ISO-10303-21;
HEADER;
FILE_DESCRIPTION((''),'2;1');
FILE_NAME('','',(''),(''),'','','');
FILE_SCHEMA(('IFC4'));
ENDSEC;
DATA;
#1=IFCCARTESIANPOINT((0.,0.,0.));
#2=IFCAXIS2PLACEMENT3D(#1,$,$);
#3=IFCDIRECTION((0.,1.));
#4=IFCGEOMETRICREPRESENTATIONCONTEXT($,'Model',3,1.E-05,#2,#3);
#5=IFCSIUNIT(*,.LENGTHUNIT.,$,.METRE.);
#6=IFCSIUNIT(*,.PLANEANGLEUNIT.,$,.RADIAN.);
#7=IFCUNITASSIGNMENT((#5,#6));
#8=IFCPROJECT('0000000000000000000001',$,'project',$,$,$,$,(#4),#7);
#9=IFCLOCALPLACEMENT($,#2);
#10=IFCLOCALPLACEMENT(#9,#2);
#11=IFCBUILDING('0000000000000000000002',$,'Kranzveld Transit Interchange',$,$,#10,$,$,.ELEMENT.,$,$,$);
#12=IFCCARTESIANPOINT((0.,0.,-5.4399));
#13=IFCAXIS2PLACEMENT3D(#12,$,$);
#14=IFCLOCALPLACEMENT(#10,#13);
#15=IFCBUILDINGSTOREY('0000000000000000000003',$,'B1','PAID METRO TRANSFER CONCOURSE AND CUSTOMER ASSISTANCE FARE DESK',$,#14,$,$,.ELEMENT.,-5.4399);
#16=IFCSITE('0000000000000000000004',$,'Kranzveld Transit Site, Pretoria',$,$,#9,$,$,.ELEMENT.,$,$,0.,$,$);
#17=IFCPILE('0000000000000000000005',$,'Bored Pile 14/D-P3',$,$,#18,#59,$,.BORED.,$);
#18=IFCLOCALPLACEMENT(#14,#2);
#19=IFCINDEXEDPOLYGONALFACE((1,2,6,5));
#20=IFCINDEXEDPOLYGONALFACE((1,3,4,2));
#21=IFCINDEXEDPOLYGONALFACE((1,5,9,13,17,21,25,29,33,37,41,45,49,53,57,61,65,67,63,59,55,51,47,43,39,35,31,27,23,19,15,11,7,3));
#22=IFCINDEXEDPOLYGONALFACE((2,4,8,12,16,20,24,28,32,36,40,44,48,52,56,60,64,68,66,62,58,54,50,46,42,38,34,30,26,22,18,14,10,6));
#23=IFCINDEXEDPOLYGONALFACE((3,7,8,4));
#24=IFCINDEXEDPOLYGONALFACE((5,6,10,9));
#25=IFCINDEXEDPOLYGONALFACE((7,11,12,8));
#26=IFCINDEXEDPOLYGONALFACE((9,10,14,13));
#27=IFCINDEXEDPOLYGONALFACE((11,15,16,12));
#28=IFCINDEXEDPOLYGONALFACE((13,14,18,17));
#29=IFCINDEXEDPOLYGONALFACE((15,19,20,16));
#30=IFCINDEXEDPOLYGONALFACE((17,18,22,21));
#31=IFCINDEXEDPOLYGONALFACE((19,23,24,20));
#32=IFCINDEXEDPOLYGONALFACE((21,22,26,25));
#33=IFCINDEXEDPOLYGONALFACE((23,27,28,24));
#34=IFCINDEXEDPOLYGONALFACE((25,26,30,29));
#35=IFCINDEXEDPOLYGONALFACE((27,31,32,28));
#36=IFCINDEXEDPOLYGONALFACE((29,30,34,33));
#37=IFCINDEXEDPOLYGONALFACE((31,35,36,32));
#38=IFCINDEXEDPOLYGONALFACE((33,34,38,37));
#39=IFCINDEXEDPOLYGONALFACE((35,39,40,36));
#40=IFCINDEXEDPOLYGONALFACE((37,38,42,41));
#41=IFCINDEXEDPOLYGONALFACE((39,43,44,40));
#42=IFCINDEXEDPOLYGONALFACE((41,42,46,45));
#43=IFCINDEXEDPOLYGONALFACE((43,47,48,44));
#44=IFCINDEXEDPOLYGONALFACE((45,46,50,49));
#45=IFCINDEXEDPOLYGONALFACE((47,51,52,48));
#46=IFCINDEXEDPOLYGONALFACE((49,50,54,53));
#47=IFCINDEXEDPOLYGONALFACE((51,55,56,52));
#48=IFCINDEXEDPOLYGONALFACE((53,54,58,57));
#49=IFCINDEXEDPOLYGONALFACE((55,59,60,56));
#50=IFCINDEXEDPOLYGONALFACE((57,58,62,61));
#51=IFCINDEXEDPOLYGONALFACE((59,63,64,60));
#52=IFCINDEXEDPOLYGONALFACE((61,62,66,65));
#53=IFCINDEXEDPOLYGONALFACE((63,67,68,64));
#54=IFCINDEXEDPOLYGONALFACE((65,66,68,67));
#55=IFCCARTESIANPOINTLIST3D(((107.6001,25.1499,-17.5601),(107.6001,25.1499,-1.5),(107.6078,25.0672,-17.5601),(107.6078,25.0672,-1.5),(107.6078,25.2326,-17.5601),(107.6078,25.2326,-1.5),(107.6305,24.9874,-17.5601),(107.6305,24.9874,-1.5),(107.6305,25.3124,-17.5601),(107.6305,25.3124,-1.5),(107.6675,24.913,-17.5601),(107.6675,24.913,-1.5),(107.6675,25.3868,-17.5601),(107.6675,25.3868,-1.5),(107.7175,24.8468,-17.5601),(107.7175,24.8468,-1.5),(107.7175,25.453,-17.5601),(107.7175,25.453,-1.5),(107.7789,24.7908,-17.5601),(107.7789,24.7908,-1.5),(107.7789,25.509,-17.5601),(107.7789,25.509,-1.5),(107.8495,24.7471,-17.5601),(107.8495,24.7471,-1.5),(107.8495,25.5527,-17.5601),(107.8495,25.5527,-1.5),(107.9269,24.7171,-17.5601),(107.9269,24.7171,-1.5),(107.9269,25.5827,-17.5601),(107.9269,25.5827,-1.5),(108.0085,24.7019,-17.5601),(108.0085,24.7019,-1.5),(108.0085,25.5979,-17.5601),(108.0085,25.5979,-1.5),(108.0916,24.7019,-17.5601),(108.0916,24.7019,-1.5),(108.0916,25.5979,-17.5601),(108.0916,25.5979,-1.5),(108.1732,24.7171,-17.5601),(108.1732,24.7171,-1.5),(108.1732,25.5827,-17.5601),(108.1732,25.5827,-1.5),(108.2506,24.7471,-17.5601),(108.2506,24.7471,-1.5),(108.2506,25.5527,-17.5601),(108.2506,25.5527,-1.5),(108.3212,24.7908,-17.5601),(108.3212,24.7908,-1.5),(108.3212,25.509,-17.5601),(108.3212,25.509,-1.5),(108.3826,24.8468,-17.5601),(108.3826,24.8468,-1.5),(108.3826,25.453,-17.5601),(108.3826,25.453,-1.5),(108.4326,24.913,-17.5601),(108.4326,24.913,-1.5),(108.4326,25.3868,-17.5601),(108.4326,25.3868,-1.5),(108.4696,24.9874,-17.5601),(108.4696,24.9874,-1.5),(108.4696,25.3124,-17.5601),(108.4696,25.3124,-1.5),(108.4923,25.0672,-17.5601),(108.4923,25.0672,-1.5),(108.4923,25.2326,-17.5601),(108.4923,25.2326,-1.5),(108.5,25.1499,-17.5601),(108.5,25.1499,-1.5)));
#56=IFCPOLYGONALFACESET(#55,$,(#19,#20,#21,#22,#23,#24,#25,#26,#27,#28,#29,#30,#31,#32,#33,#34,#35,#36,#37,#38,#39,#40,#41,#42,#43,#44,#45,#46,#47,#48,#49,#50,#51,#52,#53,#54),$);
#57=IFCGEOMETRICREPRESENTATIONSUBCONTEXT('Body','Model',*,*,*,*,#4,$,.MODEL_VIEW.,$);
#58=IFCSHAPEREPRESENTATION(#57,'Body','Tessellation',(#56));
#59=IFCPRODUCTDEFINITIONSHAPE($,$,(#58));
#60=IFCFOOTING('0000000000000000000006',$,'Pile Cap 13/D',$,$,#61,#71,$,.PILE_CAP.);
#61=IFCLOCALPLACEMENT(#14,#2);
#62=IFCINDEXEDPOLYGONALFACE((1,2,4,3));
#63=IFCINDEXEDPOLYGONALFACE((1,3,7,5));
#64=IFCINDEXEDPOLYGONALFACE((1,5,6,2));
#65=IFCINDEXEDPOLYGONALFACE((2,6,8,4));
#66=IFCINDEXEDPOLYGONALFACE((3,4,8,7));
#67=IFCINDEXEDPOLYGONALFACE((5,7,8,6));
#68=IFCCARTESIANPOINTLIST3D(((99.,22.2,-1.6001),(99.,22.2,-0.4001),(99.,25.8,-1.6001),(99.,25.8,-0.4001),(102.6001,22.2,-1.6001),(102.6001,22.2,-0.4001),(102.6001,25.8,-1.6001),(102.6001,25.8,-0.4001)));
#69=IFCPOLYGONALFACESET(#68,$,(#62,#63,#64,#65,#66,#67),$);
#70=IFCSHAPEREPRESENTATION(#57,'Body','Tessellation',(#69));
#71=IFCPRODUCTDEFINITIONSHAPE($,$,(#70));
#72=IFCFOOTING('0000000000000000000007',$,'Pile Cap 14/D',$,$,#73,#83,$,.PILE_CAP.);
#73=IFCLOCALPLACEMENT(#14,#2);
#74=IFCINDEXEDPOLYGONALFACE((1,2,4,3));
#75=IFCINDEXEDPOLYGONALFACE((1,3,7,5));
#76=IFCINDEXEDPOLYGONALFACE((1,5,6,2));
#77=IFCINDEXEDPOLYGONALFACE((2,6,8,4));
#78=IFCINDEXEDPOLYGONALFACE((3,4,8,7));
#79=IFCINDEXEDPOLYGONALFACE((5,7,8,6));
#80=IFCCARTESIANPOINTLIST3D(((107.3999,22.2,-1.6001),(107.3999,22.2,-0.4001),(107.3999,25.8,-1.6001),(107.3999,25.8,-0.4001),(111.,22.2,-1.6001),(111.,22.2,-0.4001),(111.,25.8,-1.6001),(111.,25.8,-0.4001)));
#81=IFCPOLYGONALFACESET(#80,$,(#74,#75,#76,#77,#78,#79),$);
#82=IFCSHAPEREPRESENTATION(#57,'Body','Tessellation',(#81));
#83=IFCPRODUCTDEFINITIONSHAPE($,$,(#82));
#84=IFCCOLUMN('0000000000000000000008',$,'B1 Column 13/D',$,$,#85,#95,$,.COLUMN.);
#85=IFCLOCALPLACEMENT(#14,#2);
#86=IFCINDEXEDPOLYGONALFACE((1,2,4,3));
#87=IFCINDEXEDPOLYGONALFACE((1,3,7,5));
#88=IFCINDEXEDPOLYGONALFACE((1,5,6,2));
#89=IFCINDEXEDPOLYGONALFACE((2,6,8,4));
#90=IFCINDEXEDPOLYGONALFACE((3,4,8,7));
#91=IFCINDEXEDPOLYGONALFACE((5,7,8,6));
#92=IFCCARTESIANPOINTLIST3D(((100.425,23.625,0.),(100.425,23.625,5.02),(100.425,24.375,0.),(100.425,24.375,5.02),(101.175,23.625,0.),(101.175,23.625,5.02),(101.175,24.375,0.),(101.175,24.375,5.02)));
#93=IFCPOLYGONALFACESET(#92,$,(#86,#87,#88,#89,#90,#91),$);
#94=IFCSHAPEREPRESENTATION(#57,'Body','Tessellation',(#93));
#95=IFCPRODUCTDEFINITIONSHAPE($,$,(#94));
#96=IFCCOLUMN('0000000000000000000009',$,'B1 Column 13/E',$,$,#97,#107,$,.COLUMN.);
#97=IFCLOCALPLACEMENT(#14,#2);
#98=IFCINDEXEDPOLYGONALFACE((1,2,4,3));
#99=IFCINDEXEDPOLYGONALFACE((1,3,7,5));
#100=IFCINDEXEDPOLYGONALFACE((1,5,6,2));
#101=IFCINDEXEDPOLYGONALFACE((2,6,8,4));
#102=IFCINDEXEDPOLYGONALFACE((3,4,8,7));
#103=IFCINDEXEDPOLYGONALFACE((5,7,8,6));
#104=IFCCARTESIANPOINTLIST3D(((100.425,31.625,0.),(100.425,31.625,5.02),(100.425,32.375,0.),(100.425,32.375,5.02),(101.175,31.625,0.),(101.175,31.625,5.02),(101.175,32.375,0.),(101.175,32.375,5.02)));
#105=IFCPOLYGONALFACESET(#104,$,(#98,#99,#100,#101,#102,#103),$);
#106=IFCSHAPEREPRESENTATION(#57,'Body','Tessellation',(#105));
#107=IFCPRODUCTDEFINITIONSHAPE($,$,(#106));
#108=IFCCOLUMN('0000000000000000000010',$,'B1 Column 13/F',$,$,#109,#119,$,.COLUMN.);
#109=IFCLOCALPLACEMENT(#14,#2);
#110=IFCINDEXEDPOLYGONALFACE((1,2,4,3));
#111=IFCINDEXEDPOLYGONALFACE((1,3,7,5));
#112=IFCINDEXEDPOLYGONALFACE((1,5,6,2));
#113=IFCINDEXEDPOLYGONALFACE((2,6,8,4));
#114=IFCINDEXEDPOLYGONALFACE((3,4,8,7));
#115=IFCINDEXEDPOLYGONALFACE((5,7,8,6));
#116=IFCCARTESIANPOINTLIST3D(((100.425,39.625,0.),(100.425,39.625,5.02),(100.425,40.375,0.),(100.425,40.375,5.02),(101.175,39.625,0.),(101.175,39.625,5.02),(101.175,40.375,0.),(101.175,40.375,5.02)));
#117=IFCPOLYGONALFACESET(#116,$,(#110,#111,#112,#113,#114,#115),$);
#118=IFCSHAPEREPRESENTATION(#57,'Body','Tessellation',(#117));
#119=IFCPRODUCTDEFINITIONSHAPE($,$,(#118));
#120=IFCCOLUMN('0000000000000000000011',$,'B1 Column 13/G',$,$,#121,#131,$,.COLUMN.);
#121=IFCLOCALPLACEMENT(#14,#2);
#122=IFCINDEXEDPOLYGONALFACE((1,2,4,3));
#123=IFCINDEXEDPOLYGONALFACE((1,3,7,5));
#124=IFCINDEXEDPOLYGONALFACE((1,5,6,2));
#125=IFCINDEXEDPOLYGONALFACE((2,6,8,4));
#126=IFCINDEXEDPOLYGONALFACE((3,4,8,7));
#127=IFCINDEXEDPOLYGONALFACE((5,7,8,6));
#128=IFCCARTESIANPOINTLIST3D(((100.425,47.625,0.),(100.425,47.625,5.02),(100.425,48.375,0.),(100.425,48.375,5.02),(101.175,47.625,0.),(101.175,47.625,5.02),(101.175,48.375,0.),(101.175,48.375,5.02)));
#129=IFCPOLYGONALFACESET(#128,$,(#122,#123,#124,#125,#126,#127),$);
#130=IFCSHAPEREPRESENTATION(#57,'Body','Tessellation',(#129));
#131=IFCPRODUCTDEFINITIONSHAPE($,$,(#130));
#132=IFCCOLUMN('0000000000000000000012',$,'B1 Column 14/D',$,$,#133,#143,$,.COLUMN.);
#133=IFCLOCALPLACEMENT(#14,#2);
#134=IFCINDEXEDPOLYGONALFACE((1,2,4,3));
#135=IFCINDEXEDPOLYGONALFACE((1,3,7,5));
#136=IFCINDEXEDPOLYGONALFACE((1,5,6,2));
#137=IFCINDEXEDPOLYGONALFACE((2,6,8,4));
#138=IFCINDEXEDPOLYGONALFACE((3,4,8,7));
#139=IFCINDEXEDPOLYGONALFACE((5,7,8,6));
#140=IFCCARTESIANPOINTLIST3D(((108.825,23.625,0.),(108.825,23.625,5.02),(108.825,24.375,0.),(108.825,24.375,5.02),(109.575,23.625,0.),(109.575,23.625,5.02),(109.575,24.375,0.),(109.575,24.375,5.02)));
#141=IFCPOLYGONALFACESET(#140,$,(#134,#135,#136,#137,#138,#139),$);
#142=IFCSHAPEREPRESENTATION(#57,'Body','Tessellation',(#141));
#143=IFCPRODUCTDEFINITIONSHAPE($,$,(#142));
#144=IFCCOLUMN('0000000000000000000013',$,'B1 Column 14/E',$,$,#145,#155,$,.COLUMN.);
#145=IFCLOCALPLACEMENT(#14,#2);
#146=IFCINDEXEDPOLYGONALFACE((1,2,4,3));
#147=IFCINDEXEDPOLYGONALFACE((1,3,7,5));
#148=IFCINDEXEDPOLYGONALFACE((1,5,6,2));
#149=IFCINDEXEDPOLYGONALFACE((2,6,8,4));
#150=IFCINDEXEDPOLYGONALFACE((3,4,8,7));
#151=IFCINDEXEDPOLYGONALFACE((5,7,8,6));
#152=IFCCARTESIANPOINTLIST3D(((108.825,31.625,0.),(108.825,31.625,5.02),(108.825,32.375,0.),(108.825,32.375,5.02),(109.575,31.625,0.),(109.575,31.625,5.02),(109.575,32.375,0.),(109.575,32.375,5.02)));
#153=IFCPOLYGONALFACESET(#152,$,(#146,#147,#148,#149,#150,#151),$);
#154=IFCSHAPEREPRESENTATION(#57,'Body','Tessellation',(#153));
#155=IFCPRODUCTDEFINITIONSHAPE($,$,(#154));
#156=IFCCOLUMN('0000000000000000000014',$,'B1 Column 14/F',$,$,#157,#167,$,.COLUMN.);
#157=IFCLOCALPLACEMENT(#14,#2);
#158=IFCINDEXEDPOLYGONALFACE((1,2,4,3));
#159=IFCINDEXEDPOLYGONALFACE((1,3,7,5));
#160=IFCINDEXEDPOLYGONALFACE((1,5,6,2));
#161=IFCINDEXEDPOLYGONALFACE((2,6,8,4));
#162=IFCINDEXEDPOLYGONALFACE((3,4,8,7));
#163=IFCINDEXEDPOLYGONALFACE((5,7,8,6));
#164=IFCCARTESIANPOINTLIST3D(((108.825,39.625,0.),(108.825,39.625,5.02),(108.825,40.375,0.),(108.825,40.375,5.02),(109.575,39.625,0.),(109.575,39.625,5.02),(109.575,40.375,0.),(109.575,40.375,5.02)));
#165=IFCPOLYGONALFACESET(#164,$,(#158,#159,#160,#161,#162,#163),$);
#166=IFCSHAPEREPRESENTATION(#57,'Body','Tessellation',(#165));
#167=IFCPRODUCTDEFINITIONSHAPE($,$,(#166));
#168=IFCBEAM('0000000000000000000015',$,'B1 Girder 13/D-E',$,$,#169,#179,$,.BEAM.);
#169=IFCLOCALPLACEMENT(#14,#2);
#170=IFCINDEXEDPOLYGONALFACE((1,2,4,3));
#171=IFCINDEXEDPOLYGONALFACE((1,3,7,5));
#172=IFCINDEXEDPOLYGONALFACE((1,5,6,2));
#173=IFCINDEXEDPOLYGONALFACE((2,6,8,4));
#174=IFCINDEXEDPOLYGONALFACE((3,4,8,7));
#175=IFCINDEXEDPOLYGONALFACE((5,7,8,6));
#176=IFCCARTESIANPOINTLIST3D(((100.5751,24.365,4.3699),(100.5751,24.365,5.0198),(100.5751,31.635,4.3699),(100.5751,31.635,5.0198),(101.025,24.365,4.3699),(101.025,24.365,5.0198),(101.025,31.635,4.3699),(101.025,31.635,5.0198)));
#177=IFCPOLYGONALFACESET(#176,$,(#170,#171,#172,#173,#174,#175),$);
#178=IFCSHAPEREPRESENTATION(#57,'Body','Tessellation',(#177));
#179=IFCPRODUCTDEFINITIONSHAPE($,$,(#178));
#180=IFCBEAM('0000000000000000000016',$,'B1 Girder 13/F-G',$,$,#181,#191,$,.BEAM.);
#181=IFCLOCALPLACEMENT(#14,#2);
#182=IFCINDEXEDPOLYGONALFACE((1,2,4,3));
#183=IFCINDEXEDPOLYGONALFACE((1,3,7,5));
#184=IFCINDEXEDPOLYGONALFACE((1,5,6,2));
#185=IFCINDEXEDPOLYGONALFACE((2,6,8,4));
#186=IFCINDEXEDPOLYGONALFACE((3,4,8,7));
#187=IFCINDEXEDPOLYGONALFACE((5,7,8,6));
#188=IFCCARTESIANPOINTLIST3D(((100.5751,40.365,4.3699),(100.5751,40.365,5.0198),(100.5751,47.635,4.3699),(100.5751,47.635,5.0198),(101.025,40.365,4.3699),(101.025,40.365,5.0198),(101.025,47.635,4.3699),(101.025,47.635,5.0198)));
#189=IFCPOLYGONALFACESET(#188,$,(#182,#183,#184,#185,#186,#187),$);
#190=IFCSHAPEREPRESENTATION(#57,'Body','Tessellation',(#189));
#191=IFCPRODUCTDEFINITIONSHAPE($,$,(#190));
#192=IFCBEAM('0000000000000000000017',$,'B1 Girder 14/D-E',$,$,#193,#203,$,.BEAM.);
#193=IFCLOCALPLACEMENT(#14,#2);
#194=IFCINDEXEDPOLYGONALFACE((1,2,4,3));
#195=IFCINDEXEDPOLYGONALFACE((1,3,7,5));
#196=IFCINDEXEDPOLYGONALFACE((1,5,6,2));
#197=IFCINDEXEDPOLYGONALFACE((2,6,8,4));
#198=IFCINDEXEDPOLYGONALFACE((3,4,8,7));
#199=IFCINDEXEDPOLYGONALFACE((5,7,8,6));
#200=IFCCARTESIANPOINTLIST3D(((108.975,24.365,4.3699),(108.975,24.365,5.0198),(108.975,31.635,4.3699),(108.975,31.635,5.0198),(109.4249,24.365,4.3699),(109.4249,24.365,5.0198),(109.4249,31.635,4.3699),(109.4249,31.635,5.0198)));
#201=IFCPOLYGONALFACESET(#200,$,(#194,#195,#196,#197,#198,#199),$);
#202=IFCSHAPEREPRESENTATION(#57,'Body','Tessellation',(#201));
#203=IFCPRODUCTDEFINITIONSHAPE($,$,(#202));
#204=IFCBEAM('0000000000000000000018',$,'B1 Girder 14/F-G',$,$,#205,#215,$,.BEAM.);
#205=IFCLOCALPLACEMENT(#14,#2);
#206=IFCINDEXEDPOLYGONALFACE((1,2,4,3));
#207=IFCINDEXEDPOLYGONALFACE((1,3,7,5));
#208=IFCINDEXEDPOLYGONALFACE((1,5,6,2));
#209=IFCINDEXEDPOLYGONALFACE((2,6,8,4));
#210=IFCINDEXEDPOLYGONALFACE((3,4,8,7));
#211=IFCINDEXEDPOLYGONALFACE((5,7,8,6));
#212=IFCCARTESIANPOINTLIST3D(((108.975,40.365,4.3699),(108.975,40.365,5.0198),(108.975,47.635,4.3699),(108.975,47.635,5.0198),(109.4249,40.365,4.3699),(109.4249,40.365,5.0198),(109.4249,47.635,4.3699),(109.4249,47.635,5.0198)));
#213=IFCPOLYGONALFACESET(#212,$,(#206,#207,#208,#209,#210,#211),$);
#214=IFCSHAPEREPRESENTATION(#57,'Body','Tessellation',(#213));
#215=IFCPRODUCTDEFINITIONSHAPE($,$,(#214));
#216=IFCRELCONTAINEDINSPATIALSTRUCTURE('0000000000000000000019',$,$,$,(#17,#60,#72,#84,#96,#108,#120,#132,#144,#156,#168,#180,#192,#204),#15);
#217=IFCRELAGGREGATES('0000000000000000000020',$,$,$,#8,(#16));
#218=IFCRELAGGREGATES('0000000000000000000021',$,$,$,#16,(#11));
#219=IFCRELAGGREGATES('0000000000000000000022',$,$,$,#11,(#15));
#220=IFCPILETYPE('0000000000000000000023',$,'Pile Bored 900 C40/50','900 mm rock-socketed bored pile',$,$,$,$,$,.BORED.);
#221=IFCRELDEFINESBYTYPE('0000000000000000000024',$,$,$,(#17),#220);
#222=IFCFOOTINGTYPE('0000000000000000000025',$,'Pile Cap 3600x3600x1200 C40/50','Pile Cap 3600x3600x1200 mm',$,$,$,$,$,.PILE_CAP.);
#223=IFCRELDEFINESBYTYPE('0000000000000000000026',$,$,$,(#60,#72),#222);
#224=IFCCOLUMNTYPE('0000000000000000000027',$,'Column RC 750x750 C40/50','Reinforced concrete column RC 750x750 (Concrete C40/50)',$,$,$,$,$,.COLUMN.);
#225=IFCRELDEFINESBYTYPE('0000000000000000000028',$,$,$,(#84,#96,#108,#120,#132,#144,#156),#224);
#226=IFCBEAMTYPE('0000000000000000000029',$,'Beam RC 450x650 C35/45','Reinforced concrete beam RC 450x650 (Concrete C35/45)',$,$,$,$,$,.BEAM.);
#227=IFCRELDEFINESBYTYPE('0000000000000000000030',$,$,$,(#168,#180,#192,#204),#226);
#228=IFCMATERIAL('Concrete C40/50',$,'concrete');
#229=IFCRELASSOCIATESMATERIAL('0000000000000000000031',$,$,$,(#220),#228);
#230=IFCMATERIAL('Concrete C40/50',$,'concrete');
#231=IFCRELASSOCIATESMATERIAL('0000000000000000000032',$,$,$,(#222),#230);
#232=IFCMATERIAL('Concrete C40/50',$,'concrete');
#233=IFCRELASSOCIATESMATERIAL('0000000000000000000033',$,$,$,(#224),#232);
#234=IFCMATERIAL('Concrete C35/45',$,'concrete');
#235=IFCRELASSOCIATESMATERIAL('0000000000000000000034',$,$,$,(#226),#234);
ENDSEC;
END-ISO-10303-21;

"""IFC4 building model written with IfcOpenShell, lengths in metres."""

from ifc_helpers import new_model, si_unit, direction, frame, origin, origin_2d, place, context, subcontext, project, spatial, rectangle, circle, extrude, material, material_profile, profile_set, type_object, element, save


model = new_model("IFC4")

# Units and contexts
model_context = context("Model", 3, precision=1e-05, world=origin(), true_north=direction((0.0, 1.0)))
body_context = subcontext(model_context, "Body", "Model", "MODEL_VIEW")
ifc_project = project(units=[si_unit("LENGTHUNIT", "METRE"), si_unit("PLANEANGLEUNIT", "RADIAN")], contexts=[model_context])

# Site, building, storey
site_placement = place(None, origin())
site = spatial("IfcSite", under=ifc_project, at=site_placement, Name="Kranzveld Transit Site, Pretoria", CompositionType="ELEMENT", RefElevation=0.0)
building_placement = place(site_placement, origin())
building = spatial("IfcBuilding", under=site, at=building_placement, Name="Kranzveld Transit Interchange", CompositionType="ELEMENT")
storey_placement = place(building_placement, frame((0.0, 0.0, -5.4399)))
storey = spatial("IfcBuildingStorey", under=building, at=storey_placement, Name="B1", Description="PAID METRO TRANSFER CONCOURSE AND CUSTOMER ASSISTANCE FARE DESK", CompositionType="ELEMENT", Elevation=-5.4399)

# Pile
ifc_material_1 = material(Name="Concrete C40/50", Category="concrete")
ifc_material_profile_1 = material_profile(ifc_material_1, circle(Radius=0.45, at=origin_2d()), Name="BORED PILE 900")
ifc_profile_set_1 = profile_set([ifc_material_profile_1], Name="Concrete C40/50")
pile_type = type_object("IfcPileType", Name="Pile Bored 900 C40/50", Description="900 mm rock-socketed bored pile", PredefinedType="BORED", material=ifc_profile_set_1)
for number, where, z_axis, x_axis, name in (
    (1, (108.05, 25.1499, -1.5), (0.0, 0.0, -1.0), (1.0, 0.0, 0.0), "Bored Pile 14/D-P3"),
):
    element("IfcPile", number, at=place(storey_placement, frame(where, z_axis=z_axis, x_axis=x_axis)), inside=storey, type_object=pile_type, Name=name, PredefinedType="BORED", context=body_context, shape_type="SweptSolid", body=[
        extrude(circle(Radius=0.45, at=origin_2d()), origin(), (0.0, 0.0, 1.0), 16.0601),
    ])

# Footings
ifc_material_2 = material(Name="Concrete C40/50", Category="concrete")
footing_type = type_object("IfcFootingType", Name="Pile Cap 3600x3600x1200 C40/50", Description="Pile Cap 3600x3600x1200 mm", PredefinedType="PILE_CAP", material=ifc_material_2)
for number, where, z_axis, x_axis, name in (
    (2, (100.8, 24.0, -1.6001), (0.0, 0.0, 1.0), (1.0, 0.0, 0.0), "Pile Cap 13/D"),
    (3, (109.2, 24.0, -1.6001), (0.0, 0.0, 1.0), (1.0, 0.0, 0.0), "Pile Cap 14/D"),
):
    element("IfcFooting", number, at=place(storey_placement, frame(where, z_axis=z_axis, x_axis=x_axis)), inside=storey, type_object=footing_type, Name=name, PredefinedType="PILE_CAP", context=body_context, shape_type="SweptSolid", body=[
        extrude(rectangle(XDim=3.6001, YDim=3.6001, at=origin_2d()), origin(), (0.0, 0.0, 1.0), 1.2),
    ])

# Columns
ifc_material_3 = material(Name="Concrete C40/50", Category="concrete")
ifc_material_profile_2 = material_profile(ifc_material_3, rectangle(XDim=0.75, YDim=0.75, at=origin_2d()), Name="RC 750x750")
ifc_profile_set_2 = profile_set([ifc_material_profile_2], Name="Concrete C40/50")
column_type = type_object("IfcColumnType", Name="Column RC 750x750 C40/50", Description="Reinforced concrete column RC 750x750 (Concrete C40/50)", PredefinedType="COLUMN", material=ifc_profile_set_2)
for number, where, z_axis, x_axis, name in (
    (4, (100.8, 24.0, 0.0), (0.0, 0.0, 1.0), (1.0, 0.0, 0.0), "B1 Column 13/D"),
    (5, (100.8, 32.0, 0.0), (0.0, 0.0, 1.0), (1.0, 0.0, 0.0), "B1 Column 13/E"),
    (6, (100.8, 40.0, 0.0), (0.0, 0.0, 1.0), (1.0, 0.0, 0.0), "B1 Column 13/F"),
    (7, (100.8, 48.0, 0.0), (0.0, 0.0, 1.0), (1.0, 0.0, 0.0), "B1 Column 13/G"),
    (8, (109.2, 24.0, 0.0), (0.0, 0.0, 1.0), (1.0, 0.0, 0.0), "B1 Column 14/D"),
    (9, (109.2, 32.0, 0.0), (0.0, 0.0, 1.0), (1.0, 0.0, 0.0), "B1 Column 14/E"),
    (10, (109.2, 40.0, 0.0), (0.0, 0.0, 1.0), (1.0, 0.0, 0.0), "B1 Column 14/F"),
):
    element("IfcColumn", number, at=place(storey_placement, frame(where, z_axis=z_axis, x_axis=x_axis)), inside=storey, type_object=column_type, Name=name, PredefinedType="COLUMN", context=body_context, shape_type="SweptSolid", body=[
        extrude(rectangle(XDim=0.75, YDim=0.75, at=origin_2d()), origin(), (0.0, 0.0, 1.0), 5.02),
    ])

# Beams
ifc_material_4 = material(Name="Concrete C35/45", Category="concrete")
ifc_material_profile_3 = material_profile(ifc_material_4, rectangle(XDim=0.45, YDim=0.6499, at=origin_2d()), Name="RC 450x650")
ifc_profile_set_3 = profile_set([ifc_material_profile_3], Name="Concrete C35/45")
beam_type_1 = type_object("IfcBeamType", Name="Beam RC 450x650 C35/45", Description="Reinforced concrete beam RC 450x650 (Concrete C35/45)", PredefinedType="BEAM", material=ifc_profile_set_3)
for number, where, z_axis, x_axis, name in (
    (11, (100.8, 24.365, 4.6948), (0.0, 1.0, 0.0), (-1.0, 0.0, 0.0), "B1 Girder 13/D-E"),
    (12, (100.8, 40.365, 4.6948), (0.0, 1.0, 0.0), (-1.0, 0.0, 0.0), "B1 Girder 13/F-G"),
    (13, (109.2, 24.365, 4.6948), (0.0, 1.0, 0.0), (-1.0, 0.0, 0.0), "B1 Girder 14/D-E"),
    (14, (109.2, 40.365, 4.6948), (0.0, 1.0, 0.0), (-1.0, 0.0, 0.0), "B1 Girder 14/F-G"),
):
    element("IfcBeam", number, at=place(storey_placement, frame(where, z_axis=z_axis, x_axis=x_axis)), inside=storey, type_object=beam_type_1, Name=name, PredefinedType="BEAM", context=body_context, shape_type="SweptSolid", body=[
        extrude(rectangle(XDim=0.45, YDim=0.6499, at=origin_2d()), origin(), (0.0, 0.0, 1.0), 7.27),
    ])

save(model, "model.ifc")
